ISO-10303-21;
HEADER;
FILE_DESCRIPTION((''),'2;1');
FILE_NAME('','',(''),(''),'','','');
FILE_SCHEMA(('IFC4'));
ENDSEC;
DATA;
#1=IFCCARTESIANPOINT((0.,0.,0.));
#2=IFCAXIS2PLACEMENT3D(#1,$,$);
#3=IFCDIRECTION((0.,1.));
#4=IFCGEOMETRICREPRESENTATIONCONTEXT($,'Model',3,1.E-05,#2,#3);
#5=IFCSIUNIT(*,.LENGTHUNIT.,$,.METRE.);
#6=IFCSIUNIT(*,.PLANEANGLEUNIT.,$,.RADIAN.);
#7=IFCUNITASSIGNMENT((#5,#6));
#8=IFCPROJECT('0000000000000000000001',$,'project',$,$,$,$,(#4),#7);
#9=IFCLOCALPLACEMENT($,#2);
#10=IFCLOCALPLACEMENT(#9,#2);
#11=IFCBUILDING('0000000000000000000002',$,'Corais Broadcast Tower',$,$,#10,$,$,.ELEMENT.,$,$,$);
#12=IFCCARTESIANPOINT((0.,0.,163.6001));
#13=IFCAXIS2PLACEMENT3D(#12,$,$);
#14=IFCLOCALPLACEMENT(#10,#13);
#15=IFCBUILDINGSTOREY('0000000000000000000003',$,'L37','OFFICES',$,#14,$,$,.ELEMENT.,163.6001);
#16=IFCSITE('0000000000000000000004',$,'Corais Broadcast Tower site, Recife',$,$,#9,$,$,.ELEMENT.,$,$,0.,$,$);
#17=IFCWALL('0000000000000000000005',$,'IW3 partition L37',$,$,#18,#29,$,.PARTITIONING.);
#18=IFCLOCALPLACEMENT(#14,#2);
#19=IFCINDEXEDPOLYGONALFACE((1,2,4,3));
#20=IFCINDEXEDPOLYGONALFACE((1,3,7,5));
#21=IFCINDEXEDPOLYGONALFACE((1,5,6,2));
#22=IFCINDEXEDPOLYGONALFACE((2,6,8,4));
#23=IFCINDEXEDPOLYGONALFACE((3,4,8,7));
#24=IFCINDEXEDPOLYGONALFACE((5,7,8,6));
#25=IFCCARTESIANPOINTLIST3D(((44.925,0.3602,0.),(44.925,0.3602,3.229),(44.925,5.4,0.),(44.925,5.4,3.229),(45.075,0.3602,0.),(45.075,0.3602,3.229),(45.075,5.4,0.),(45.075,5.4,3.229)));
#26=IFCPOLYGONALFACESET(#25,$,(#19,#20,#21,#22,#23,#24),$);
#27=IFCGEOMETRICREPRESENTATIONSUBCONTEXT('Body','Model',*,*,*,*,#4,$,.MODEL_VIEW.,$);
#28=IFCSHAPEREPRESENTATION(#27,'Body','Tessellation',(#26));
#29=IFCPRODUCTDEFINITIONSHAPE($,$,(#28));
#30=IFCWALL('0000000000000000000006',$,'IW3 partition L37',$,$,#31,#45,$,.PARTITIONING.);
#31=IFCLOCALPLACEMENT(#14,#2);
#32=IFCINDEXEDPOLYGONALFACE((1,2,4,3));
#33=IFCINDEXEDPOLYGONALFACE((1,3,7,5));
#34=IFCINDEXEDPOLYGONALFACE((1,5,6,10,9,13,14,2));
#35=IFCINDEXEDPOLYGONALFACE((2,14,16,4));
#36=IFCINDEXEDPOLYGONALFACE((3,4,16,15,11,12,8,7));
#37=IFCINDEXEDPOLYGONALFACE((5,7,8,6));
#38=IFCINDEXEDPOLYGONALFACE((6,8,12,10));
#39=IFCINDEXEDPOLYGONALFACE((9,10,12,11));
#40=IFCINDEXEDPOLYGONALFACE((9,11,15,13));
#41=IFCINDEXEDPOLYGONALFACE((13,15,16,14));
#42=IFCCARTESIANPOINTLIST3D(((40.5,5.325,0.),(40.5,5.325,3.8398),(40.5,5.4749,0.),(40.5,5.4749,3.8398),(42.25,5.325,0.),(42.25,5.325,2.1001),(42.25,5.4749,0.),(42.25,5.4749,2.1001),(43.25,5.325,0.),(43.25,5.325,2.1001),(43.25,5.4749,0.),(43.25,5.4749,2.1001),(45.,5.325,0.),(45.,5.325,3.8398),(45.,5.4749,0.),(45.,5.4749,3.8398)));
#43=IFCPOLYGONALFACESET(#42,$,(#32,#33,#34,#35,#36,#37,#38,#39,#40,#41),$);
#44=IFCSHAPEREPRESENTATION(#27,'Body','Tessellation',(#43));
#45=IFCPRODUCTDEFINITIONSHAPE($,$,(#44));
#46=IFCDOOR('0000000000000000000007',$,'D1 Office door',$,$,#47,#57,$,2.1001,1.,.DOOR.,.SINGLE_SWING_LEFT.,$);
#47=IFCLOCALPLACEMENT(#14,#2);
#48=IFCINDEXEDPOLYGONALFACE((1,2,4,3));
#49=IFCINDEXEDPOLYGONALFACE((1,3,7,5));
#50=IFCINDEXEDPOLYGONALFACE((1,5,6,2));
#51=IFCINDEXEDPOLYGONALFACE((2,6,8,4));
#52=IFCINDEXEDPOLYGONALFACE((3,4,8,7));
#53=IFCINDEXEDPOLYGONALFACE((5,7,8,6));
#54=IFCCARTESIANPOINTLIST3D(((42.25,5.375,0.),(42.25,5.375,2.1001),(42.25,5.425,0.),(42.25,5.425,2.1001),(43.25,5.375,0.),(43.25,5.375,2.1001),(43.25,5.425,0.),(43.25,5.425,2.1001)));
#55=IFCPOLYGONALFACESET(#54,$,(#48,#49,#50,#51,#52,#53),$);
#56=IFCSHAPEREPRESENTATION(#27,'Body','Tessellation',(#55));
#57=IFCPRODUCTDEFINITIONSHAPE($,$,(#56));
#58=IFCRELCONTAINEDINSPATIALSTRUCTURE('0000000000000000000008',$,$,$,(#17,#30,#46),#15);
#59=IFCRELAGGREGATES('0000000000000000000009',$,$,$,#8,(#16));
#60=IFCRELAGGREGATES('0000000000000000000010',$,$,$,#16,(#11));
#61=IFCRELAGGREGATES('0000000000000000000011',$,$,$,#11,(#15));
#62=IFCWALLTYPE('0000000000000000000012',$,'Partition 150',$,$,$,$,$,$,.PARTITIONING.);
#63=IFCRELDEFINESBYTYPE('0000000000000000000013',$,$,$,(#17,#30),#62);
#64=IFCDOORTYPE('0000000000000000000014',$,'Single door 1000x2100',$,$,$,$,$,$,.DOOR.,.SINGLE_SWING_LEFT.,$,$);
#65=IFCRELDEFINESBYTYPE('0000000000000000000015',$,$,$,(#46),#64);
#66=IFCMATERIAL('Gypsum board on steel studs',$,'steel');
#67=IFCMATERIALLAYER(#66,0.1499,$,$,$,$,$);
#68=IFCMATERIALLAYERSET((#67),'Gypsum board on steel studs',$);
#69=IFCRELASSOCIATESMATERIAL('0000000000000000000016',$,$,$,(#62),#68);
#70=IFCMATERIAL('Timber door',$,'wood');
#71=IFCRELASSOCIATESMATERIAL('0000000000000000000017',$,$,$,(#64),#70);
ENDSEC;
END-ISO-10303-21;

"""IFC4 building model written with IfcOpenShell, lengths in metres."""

from ifc_helpers import new_model, si_unit, direction, frame, frame_2d, origin, place, context, subcontext, project, spatial, rectangle, extrude, material, layer, layer_set, type_object, element, fill, save


model = new_model("IFC4")

# Units and contexts
model_context = context("Model", 3, precision=1e-05, world=origin(), true_north=direction((0.0, 1.0)))
body_context = subcontext(model_context, "Body", "Model", "MODEL_VIEW")
ifc_project = project(units=[si_unit("LENGTHUNIT", "METRE"), si_unit("PLANEANGLEUNIT", "RADIAN")], contexts=[model_context])

# Site, building, storey
site_placement = place(None, origin())
site = spatial("IfcSite", under=ifc_project, at=site_placement, Name="Corais Broadcast Tower site, Recife", CompositionType="ELEMENT", RefElevation=0.0)
building_placement = place(site_placement, origin())
building = spatial("IfcBuilding", under=site, at=building_placement, Name="Corais Broadcast Tower", CompositionType="ELEMENT")
storey_placement = place(building_placement, frame((0.0, 0.0, 163.6001)))
storey = spatial("IfcBuildingStorey", under=building, at=storey_placement, Name="L37", Description="OFFICES", CompositionType="ELEMENT", Elevation=163.6001)

# Wall
ifc_material_1 = material(Name="Gypsum board on steel studs", Category="steel")
ifc_layer_1 = layer(ifc_material_1, 0.1499)
ifc_layer_set_1 = layer_set([ifc_layer_1], Name="Gypsum board on steel studs")
wall_type = type_object("IfcWallType", Name="Partition 150", PredefinedType="PARTITIONING", material=ifc_layer_set_1)
wall_1_placement = place(storey_placement, frame((45.0, 0.3601, 0.0), z_axis=(0.0, 0.0, 1.0), x_axis=(0.0, 1.0, 0.0)))
element("IfcWall", 1, at=wall_1_placement, inside=storey, type_object=wall_type, Name="IW3 partition L37", PredefinedType="PARTITIONING", context=body_context, shape_type="SweptSolid", body=[
    extrude(rectangle(XDim=5.0398, YDim=0.1499, at=frame_2d((2.52, 0.0))), origin(), (0.0, 0.0, 1.0), 3.229),
])

# Wall, opening, door
wall_2_placement = place(storey_placement, frame((45.0, 5.3999, 0.0), z_axis=(0.0, 0.0, 1.0), x_axis=(-1.0, 0.0, 0.0)))
wall_2 = element("IfcWall", 2, at=wall_2_placement, inside=storey, type_object=wall_type, Name="IW3 partition L37", PredefinedType="PARTITIONING", context=body_context, shape_type="SweptSolid", body=[
    extrude(rectangle(XDim=4.5, YDim=0.1499, at=frame_2d((2.25, 0.0))), origin(), (0.0, 0.0, 1.0), 3.8398),
])
opening_placement = place(wall_2_placement, frame((1.75, 0.0, 0.0)))
opening = element("IfcOpeningElement", 3, at=opening_placement, cuts=wall_2, PredefinedType="OPENING", context=body_context, shape_type="SweptSolid", body=[
    extrude(rectangle(XDim=1.0, YDim=2.1001, at=frame_2d((0.5, 1.05))), frame((0.0, 0.085, 0.0), z_axis=(0.0, -1.0, 0.0), x_axis=(1.0, 0.0, 0.0)), (0.0, 0.0, 1.0), 0.1699),
])
ifc_material_2 = material(Name="Timber door", Category="wood")
door_type = type_object("IfcDoorType", Name="Single door 1000x2100", OperationType="SINGLE_SWING_LEFT", PredefinedType="DOOR", material=ifc_material_2)
door_placement = place(opening_placement, origin())
door = element("IfcDoor", 4, at=door_placement, inside=storey, type_object=door_type, Name="D1 Office door", OperationType="SINGLE_SWING_LEFT", OverallHeight=2.1001, OverallWidth=1.0, PredefinedType="DOOR", context=body_context, shape_type="SweptSolid", body=[
    extrude(rectangle(XDim=1.0, YDim=2.1001, at=frame_2d((0.5, 1.05))), frame((0.0, 0.0249, 0.0), z_axis=(0.0, -1.0, 0.0), x_axis=(1.0, 0.0, 0.0)), (0.0, 0.0, 1.0), 0.05),
])
fill(opening, door)

save(model, "model.ifc")
